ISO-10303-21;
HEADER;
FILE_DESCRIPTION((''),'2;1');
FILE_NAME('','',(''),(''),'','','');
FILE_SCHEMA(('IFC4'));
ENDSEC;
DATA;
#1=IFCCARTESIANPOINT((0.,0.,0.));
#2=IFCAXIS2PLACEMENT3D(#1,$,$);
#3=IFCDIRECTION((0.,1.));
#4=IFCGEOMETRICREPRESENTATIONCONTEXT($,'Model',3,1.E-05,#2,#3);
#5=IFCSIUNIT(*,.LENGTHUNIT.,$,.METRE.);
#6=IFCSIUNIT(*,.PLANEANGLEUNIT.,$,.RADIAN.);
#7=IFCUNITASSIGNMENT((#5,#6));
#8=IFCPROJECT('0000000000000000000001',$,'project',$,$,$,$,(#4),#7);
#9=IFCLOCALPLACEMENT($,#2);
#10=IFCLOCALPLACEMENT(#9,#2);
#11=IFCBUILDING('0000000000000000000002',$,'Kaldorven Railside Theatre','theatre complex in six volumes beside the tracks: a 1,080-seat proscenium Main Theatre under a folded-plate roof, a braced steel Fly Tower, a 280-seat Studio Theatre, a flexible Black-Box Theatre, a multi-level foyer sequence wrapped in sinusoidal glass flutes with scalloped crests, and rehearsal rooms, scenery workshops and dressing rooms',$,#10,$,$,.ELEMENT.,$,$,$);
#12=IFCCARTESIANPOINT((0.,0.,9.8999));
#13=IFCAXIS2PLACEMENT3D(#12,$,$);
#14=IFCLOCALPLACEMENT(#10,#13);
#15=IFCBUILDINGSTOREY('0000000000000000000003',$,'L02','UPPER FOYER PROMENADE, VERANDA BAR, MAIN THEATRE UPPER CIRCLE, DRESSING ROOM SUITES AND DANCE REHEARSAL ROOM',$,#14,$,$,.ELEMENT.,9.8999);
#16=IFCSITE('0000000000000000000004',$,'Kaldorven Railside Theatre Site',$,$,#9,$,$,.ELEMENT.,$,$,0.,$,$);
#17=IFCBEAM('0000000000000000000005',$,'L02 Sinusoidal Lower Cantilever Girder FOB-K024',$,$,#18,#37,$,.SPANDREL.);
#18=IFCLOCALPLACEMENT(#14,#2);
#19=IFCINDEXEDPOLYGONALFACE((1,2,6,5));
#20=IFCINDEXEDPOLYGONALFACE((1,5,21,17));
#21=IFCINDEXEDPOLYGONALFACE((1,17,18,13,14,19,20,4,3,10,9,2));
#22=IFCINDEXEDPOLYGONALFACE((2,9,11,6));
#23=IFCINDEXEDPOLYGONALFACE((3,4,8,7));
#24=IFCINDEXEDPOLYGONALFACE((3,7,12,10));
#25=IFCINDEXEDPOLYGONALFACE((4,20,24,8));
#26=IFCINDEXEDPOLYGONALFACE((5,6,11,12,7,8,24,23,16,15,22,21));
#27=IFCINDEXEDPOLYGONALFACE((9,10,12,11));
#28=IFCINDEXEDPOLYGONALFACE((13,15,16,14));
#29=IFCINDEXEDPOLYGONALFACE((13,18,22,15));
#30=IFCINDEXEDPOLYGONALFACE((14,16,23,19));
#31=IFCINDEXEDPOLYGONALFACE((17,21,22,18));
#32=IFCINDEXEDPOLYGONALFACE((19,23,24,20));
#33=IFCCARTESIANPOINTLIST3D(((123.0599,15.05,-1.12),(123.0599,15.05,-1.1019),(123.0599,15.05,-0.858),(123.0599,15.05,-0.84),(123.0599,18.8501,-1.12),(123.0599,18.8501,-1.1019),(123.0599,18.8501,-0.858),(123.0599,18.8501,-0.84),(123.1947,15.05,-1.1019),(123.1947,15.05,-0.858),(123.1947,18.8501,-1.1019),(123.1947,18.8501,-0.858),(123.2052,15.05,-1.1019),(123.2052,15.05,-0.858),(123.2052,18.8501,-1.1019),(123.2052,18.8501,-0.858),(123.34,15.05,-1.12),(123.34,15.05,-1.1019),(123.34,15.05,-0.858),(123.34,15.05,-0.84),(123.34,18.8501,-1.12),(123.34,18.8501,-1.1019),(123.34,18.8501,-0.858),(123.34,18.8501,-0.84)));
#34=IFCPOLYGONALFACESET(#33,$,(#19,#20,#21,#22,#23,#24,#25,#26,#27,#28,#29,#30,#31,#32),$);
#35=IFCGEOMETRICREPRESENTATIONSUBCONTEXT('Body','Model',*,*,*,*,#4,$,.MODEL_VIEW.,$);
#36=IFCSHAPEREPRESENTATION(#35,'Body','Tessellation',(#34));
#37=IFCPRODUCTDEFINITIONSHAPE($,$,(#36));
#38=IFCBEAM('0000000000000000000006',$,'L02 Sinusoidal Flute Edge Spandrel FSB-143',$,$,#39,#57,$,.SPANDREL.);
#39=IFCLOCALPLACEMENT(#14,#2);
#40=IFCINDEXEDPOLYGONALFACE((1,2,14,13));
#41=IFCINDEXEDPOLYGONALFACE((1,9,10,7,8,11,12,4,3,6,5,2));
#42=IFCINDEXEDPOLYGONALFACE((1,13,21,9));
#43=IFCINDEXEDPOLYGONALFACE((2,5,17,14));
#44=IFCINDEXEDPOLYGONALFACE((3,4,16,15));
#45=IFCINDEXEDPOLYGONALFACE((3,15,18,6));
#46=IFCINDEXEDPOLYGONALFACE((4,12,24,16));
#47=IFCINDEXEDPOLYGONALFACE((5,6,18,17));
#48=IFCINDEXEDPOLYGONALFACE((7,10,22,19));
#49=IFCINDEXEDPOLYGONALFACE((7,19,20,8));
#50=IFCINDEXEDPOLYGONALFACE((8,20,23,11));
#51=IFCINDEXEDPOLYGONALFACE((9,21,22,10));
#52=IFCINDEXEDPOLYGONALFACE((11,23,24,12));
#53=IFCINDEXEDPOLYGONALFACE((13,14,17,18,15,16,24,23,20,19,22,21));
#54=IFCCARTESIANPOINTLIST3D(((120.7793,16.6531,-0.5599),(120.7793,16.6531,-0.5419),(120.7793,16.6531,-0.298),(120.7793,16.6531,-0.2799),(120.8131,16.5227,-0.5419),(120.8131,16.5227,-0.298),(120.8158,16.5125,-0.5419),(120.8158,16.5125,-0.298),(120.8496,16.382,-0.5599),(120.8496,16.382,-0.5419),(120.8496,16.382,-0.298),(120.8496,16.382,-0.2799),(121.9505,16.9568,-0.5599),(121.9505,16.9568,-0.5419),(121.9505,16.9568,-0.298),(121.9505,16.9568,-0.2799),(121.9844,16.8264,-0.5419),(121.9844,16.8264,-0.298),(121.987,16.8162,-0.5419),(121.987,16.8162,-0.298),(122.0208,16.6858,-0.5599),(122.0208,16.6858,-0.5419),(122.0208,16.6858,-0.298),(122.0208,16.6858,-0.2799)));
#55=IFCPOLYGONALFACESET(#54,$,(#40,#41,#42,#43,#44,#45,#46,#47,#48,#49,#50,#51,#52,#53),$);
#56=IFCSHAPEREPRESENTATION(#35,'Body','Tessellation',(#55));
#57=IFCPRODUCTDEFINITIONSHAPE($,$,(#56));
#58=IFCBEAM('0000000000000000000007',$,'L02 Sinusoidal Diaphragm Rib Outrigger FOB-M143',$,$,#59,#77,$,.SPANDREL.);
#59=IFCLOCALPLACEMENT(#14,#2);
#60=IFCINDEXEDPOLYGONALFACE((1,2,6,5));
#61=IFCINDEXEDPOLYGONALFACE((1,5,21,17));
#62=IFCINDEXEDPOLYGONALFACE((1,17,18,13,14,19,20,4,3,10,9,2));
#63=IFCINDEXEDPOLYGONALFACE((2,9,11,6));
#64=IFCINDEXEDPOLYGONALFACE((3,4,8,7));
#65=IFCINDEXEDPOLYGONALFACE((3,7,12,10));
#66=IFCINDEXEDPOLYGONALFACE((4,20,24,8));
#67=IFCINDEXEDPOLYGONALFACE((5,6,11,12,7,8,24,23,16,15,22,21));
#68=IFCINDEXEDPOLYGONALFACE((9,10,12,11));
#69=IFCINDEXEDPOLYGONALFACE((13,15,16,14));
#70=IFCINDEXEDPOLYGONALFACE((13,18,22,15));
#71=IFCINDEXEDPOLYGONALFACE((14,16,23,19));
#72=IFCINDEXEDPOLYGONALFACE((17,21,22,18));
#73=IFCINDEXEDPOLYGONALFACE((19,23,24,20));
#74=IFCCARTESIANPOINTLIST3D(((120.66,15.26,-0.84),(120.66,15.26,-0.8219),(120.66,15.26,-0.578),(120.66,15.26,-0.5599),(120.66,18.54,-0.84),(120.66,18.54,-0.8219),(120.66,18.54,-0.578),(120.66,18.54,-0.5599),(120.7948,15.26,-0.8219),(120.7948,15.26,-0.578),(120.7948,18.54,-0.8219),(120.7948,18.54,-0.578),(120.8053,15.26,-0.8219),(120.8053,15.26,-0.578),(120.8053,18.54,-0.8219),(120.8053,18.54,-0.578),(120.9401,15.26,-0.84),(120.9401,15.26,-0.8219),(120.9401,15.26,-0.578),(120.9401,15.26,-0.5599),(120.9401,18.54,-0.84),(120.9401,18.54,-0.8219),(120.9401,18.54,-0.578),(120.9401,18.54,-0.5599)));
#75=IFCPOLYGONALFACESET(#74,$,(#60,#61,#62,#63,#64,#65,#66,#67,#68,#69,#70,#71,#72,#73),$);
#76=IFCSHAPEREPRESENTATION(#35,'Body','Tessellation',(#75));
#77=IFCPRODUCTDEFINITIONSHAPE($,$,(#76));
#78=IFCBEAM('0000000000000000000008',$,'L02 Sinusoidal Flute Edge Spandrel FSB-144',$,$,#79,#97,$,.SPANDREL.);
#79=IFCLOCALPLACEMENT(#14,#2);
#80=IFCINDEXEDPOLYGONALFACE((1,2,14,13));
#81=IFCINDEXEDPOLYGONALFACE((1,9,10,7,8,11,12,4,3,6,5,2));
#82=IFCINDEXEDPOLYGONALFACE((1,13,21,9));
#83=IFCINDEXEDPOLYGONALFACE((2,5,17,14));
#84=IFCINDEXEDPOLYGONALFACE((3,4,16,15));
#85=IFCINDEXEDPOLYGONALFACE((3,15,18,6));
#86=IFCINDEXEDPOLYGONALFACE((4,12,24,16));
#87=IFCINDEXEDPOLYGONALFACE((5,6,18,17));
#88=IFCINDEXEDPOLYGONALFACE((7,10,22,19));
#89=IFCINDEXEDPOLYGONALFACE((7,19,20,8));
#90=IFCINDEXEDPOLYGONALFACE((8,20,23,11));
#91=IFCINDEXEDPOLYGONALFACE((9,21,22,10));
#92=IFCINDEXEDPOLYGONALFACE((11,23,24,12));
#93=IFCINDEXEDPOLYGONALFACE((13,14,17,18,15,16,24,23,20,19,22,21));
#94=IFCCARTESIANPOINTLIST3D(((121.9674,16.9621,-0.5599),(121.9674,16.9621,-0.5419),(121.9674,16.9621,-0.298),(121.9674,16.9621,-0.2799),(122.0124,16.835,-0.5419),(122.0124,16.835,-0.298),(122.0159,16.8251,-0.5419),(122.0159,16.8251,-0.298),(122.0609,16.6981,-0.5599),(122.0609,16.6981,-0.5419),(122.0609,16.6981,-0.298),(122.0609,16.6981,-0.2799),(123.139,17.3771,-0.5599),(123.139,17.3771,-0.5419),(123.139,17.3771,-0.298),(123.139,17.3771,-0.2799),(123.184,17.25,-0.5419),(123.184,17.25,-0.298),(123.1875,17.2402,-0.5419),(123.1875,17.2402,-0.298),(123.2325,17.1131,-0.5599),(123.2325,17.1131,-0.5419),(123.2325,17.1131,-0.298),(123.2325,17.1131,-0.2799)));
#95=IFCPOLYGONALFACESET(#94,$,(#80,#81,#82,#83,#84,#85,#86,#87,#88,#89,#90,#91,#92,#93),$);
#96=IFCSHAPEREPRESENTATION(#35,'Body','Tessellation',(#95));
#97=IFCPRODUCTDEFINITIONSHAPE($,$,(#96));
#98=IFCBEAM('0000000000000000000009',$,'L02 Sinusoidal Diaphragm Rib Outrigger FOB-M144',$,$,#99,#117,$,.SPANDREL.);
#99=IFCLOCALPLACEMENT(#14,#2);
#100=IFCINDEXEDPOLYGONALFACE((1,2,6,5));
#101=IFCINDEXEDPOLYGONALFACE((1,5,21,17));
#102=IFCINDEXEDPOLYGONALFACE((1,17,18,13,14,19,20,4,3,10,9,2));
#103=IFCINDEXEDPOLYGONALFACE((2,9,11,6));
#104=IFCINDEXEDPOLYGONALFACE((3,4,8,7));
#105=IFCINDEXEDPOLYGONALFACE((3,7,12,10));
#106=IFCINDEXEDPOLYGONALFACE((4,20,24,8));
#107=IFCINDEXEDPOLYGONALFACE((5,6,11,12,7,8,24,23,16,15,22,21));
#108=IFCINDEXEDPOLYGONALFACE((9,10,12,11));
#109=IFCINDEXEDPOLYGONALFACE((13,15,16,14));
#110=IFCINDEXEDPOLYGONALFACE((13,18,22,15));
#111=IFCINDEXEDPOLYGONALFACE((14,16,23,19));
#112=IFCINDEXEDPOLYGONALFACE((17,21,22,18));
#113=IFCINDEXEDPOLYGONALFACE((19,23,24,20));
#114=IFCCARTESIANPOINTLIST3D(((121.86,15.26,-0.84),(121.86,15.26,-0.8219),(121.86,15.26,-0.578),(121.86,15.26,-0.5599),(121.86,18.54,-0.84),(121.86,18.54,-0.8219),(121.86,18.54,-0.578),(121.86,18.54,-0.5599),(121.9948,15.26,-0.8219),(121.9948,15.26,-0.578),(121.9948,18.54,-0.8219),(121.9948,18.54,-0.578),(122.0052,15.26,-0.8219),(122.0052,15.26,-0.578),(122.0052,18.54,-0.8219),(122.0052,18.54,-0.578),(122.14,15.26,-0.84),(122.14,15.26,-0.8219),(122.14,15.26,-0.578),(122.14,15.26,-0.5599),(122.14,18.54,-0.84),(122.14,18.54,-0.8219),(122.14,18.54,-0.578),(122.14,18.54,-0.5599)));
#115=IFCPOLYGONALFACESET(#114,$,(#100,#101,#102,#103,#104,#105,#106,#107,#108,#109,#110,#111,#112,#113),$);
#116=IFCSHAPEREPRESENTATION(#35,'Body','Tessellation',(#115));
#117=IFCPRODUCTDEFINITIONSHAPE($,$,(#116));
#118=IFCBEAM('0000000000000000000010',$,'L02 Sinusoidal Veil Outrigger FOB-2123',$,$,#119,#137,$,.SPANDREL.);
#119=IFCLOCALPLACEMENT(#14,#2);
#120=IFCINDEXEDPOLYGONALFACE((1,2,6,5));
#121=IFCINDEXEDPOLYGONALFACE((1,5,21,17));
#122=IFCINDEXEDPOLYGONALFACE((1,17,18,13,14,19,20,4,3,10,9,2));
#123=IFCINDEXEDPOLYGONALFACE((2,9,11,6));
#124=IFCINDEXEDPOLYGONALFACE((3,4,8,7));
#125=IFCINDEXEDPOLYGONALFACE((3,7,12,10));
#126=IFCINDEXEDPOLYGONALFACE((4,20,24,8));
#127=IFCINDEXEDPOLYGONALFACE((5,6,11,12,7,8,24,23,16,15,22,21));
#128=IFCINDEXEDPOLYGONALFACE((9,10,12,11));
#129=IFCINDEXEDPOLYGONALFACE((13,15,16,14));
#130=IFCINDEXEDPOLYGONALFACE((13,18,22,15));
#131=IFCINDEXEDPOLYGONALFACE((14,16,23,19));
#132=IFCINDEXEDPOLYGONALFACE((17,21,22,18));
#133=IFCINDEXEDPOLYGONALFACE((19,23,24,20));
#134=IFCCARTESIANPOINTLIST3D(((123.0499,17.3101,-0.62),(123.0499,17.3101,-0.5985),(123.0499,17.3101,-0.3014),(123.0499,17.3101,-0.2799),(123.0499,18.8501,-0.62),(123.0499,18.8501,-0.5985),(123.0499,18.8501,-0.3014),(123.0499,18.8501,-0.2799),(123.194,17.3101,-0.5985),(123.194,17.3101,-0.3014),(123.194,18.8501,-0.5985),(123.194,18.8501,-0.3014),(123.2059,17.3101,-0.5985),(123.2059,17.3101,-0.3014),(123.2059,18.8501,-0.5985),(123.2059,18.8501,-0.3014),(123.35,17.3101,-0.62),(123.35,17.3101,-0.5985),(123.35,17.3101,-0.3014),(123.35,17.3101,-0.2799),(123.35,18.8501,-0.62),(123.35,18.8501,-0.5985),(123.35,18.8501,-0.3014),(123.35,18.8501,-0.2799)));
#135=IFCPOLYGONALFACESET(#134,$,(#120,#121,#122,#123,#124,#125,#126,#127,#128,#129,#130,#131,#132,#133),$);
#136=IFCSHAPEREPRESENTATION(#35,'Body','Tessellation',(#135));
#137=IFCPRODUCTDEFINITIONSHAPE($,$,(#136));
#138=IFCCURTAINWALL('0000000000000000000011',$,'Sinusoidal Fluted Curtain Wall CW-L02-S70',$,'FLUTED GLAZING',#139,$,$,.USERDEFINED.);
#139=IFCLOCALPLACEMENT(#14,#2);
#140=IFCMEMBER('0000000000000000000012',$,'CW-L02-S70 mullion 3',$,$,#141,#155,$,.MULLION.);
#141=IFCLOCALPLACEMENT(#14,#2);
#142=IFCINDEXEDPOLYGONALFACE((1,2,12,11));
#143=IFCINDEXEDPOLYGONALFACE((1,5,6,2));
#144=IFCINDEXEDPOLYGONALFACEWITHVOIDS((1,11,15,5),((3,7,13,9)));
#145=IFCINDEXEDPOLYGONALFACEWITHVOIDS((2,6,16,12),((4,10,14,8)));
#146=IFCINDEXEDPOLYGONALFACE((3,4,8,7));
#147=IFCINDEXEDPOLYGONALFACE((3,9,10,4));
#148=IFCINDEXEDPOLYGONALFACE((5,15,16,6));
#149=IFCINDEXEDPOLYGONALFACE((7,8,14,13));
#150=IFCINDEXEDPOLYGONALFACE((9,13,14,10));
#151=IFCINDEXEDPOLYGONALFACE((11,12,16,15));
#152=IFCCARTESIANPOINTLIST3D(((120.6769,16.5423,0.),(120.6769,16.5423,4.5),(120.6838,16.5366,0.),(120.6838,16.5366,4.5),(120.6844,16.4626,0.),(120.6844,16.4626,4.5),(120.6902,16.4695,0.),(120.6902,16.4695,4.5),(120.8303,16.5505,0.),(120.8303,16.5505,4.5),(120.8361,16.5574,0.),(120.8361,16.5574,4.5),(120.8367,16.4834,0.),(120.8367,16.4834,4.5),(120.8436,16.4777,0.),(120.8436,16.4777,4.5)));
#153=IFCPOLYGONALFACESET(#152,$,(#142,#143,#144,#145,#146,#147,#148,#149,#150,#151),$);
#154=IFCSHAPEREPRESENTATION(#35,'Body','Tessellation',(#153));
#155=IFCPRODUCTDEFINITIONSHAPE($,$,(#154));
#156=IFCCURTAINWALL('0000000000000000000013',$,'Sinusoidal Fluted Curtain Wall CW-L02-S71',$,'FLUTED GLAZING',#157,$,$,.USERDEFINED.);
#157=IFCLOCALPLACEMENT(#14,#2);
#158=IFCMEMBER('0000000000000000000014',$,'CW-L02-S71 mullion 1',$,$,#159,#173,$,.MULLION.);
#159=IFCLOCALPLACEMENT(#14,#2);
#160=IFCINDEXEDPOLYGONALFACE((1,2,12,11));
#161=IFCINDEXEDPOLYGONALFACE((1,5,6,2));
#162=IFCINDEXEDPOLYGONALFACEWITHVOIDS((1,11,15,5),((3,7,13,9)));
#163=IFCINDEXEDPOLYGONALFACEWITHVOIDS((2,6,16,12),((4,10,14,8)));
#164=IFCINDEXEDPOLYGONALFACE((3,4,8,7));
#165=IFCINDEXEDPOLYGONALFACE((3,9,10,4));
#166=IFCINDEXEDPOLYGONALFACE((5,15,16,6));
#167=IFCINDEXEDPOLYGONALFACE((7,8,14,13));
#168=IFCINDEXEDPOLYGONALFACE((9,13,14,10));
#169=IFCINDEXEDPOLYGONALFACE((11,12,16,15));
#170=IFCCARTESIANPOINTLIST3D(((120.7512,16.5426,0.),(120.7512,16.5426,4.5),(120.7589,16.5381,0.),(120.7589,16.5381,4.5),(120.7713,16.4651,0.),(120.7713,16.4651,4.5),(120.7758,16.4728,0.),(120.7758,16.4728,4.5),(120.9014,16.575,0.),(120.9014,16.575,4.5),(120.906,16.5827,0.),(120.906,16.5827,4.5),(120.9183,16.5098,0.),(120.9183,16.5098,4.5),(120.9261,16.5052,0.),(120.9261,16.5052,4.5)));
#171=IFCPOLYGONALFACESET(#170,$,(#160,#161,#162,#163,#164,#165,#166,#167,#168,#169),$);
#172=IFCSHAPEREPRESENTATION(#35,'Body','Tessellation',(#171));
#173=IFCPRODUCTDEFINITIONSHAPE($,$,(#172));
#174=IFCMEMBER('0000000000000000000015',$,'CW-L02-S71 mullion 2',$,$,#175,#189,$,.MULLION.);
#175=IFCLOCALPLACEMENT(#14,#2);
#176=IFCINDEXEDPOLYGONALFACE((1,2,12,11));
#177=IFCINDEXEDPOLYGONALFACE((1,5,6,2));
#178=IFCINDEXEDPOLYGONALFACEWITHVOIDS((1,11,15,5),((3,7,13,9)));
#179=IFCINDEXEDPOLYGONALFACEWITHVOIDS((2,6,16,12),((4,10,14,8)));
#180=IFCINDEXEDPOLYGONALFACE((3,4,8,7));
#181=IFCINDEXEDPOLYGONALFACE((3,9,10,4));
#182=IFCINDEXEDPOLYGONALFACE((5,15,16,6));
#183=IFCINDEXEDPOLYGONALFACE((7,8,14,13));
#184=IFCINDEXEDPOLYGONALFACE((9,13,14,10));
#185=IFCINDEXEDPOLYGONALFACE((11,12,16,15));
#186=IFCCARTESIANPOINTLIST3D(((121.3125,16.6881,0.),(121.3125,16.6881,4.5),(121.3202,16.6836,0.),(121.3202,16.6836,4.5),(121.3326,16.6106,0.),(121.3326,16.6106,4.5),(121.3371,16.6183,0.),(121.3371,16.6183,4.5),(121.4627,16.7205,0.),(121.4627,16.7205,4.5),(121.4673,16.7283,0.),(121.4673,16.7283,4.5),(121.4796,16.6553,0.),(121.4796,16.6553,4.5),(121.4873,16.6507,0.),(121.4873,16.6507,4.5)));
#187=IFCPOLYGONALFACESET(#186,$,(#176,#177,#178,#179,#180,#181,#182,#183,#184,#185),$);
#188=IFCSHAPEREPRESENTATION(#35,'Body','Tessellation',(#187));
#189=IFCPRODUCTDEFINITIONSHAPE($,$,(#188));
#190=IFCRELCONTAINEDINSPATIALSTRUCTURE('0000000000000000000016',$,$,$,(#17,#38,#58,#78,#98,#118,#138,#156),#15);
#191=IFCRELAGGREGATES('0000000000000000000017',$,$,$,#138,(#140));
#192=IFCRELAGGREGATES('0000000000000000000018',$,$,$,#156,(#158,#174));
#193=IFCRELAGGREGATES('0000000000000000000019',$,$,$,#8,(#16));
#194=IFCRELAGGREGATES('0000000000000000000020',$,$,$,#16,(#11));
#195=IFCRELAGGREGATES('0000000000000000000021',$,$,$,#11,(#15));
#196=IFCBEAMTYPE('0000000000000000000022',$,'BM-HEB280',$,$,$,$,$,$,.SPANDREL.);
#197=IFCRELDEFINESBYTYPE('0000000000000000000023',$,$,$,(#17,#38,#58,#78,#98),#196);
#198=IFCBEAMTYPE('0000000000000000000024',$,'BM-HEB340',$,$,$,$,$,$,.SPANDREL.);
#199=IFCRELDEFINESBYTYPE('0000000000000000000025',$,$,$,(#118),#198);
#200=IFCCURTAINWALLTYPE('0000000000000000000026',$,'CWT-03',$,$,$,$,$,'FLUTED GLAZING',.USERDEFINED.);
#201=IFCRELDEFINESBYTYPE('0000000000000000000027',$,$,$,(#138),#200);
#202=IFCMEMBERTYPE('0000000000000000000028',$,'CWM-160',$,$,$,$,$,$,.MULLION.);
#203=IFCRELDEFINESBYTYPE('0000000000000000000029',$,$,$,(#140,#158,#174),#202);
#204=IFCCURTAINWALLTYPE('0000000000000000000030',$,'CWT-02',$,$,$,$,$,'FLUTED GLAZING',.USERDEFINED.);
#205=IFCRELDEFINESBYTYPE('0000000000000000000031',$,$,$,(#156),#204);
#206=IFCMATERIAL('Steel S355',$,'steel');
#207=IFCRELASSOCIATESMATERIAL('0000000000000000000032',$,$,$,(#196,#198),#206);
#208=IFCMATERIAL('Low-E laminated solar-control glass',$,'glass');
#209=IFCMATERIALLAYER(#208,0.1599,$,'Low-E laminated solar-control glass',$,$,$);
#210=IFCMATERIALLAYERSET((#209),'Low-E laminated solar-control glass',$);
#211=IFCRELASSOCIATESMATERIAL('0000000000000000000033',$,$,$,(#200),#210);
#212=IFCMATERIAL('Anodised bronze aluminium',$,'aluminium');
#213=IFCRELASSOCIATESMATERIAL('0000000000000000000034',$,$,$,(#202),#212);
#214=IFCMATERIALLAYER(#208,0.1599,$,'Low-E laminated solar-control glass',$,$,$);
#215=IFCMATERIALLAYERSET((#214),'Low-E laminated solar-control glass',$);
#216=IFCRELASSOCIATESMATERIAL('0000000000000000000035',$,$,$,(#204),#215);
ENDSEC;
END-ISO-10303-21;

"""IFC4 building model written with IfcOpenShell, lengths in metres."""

from ifc_helpers import new_model, si_unit, direction, frame, origin, origin_2d, place, context, subcontext, project, spatial, hollow_rectangle, i_section, extrude, material, layer, layer_set, material_profile, profile_set, type_object, element, aggregate, save


model = new_model("IFC4")

# Units and contexts
model_context = context("Model", 3, precision=1e-05, world=origin(), true_north=direction((0.0, 1.0)))
body_context = subcontext(model_context, "Body", "Model", "MODEL_VIEW")
ifc_project = project(units=[si_unit("LENGTHUNIT", "METRE"), si_unit("PLANEANGLEUNIT", "RADIAN")], contexts=[model_context])

# Site, building, storey
site_placement = place(None, origin())
site = spatial("IfcSite", under=ifc_project, at=site_placement, Name="Kaldorven Railside Theatre Site", CompositionType="ELEMENT", RefElevation=0.0)
building_placement = place(site_placement, origin())
building = spatial("IfcBuilding", under=site, at=building_placement, Name="Kaldorven Railside Theatre", Description="theatre complex in six volumes beside the tracks: a 1,080-seat proscenium Main Theatre under a folded-plate roof, a braced steel Fly Tower, a 280-seat Studio Theatre, a flexible Black-Box Theatre, a multi-level foyer sequence wrapped in sinusoidal glass flutes with scalloped crests, and rehearsal rooms, scenery workshops and dressing rooms", CompositionType="ELEMENT")
storey_placement = place(building_placement, frame((0.0, 0.0, 9.8999)))
storey = spatial("IfcBuildingStorey", under=building, at=storey_placement, Name="L02", Description="UPPER FOYER PROMENADE, VERANDA BAR, MAIN THEATRE UPPER CIRCLE, DRESSING ROOM SUITES AND DANCE REHEARSAL ROOM", CompositionType="ELEMENT", Elevation=9.8999)

# Beams
ifc_material_1 = material(Name="Steel S355", Category="steel")
ifc_material_profile_1 = material_profile(ifc_material_1, i_section(OverallWidth=0.28, OverallDepth=0.28, WebThickness=0.0105, FlangeThickness=0.0181, at=origin_2d()), Name="HEB 280")
ifc_profile_set_1 = profile_set([ifc_material_profile_1], Name="Steel S355")
beam_type_1 = type_object("IfcBeamType", Name="BM-HEB280", PredefinedType="SPANDREL", material=ifc_profile_set_1)
beam_1_placement = place(storey_placement, frame((123.2, 15.05, -0.98), z_axis=(0.0, 1.0, 0.0), x_axis=(-1.0, 0.0, 0.0)))
element("IfcBeam", 1, at=beam_1_placement, inside=storey, type_object=beam_type_1, Name="L02 Sinusoidal Lower Cantilever Girder FOB-K024", PredefinedType="SPANDREL", context=body_context, shape_type="SweptSolid", body=[
    extrude(i_section(OverallWidth=0.28, OverallDepth=0.28, WebThickness=0.0105, FlangeThickness=0.0181, at=origin_2d()), origin(), (0.0, 0.0, 1.0), 3.8),
])
beam_2_placement = place(storey_placement, frame((120.8145, 16.5176, -0.4199), z_axis=(0.967981, 0.251025, 0.0), x_axis=(-0.251025, 0.967981, 0.0)))
element("IfcBeam", 2, at=beam_2_placement, inside=storey, type_object=beam_type_1, Name="L02 Sinusoidal Flute Edge Spandrel FSB-143", PredefinedType="SPANDREL", context=body_context, shape_type="SweptSolid", body=[
    extrude(i_section(OverallWidth=0.28, OverallDepth=0.28, WebThickness=0.0105, FlangeThickness=0.0181, at=origin_2d()), origin(), (0.0, 0.0, 1.0), 1.21),
])
beam_3_placement = place(storey_placement, frame((120.8, 15.26, -0.7), z_axis=(0.0, 1.0, 0.0), x_axis=(-1.0, 0.0, 0.0)))
element("IfcBeam", 3, at=beam_3_placement, inside=storey, type_object=beam_type_1, Name="L02 Sinusoidal Diaphragm Rib Outrigger FOB-M143", PredefinedType="SPANDREL", context=body_context, shape_type="SweptSolid", body=[
    extrude(i_section(OverallWidth=0.28, OverallDepth=0.28, WebThickness=0.0105, FlangeThickness=0.0181, at=origin_2d()), origin(), (0.0, 0.0, 1.0), 3.28),
])
beam_4_placement = place(storey_placement, frame((122.0142, 16.8301, -0.4199), z_axis=(0.942605, 0.333909, 0.0), x_axis=(-0.333909, 0.942605, 0.0)))
element("IfcBeam", 4, at=beam_4_placement, inside=storey, type_object=beam_type_1, Name="L02 Sinusoidal Flute Edge Spandrel FSB-144", PredefinedType="SPANDREL", context=body_context, shape_type="SweptSolid", body=[
    extrude(i_section(OverallWidth=0.28, OverallDepth=0.28, WebThickness=0.0105, FlangeThickness=0.0181, at=origin_2d()), origin(), (0.0, 0.0, 1.0), 1.2429),
])
beam_5_placement = place(storey_placement, frame((122.0, 15.26, -0.7), z_axis=(0.0, 1.0, 0.0), x_axis=(-1.0, 0.0, 0.0)))
element("IfcBeam", 5, at=beam_5_placement, inside=storey, type_object=beam_type_1, Name="L02 Sinusoidal Diaphragm Rib Outrigger FOB-M144", PredefinedType="SPANDREL", context=body_context, shape_type="SweptSolid", body=[
    extrude(i_section(OverallWidth=0.28, OverallDepth=0.28, WebThickness=0.0105, FlangeThickness=0.0181, at=origin_2d()), origin(), (0.0, 0.0, 1.0), 3.28),
])
ifc_material_profile_2 = material_profile(ifc_material_1, i_section(OverallWidth=0.3, OverallDepth=0.3401, WebThickness=0.012, FlangeThickness=0.0215, at=origin_2d()), Name="HEB 340")
ifc_profile_set_2 = profile_set([ifc_material_profile_2], Name="Steel S355")
beam_type_2 = type_object("IfcBeamType", Name="BM-HEB340", PredefinedType="SPANDREL", material=ifc_profile_set_2)
beam_6_placement = place(storey_placement, frame((123.2, 17.3101, -0.45), z_axis=(0.0, 1.0, 0.0), x_axis=(-1.0, 0.0, 0.0)))
element("IfcBeam", 6, at=beam_6_placement, inside=storey, type_object=beam_type_2, Name="L02 Sinusoidal Veil Outrigger FOB-2123", PredefinedType="SPANDREL", context=body_context, shape_type="SweptSolid", body=[
    extrude(i_section(OverallWidth=0.3, OverallDepth=0.3401, WebThickness=0.012, FlangeThickness=0.0215, at=origin_2d()), origin(), (0.0, 0.0, 1.0), 1.54),
])

# Curtain wall, member
ifc_material_2 = material(Name="Low-E laminated solar-control glass", Category="glass")
ifc_layer_1 = layer(ifc_material_2, 0.1599, Name="Low-E laminated solar-control glass")
ifc_layer_set_1 = layer_set([ifc_layer_1], Name="Low-E laminated solar-control glass")
curtain_wall_type_1 = type_object("IfcCurtainWallType", Name="CWT-03", ElementType="FLUTED GLAZING", PredefinedType="USERDEFINED", material=ifc_layer_set_1)
curtain_wall_1_placement = place(storey_placement, origin())
curtain_wall_1 = element("IfcCurtainWall", 7, at=curtain_wall_1_placement, inside=storey, type_object=curtain_wall_type_1, Name="Sinusoidal Fluted Curtain Wall CW-L02-S70", ObjectType="FLUTED GLAZING", PredefinedType="USERDEFINED")
ifc_material_3 = material(Name="Anodised bronze aluminium", Category="aluminium")
ifc_material_profile_3 = material_profile(ifc_material_3, hollow_rectangle(XDim=0.0801, YDim=0.1599, WallThickness=0.0063, at=origin_2d()), Name="RHS 160x80x6.3")
ifc_profile_set_3 = profile_set([ifc_material_profile_3], Name="Anodised bronze aluminium")
member_type_1 = type_object("IfcMemberType", Name="CWM-160", PredefinedType="MULLION", material=ifc_profile_set_3)
member_1_placement = place(storey_placement, frame((120.7603, 16.51, 0.0), z_axis=(0.0, 0.0, 1.0), x_axis=(-0.094492, 0.995526, 0.0)))
member_1 = element("IfcMember", 8, at=member_1_placement, type_object=member_type_1, Name="CW-L02-S70 mullion 3", PredefinedType="MULLION", context=body_context, shape_type="SweptSolid", body=[
    extrude(hollow_rectangle(XDim=0.0801, YDim=0.1599, WallThickness=0.0063, at=origin_2d()), origin(), (0.0, 0.0, 1.0), 4.5),
])

# Curtain wall, members
ifc_layer_2 = layer(ifc_material_2, 0.1599, Name="Low-E laminated solar-control glass")
ifc_layer_set_2 = layer_set([ifc_layer_2], Name="Low-E laminated solar-control glass")
curtain_wall_type_2 = type_object("IfcCurtainWallType", Name="CWT-02", ElementType="FLUTED GLAZING", PredefinedType="USERDEFINED", material=ifc_layer_set_2)
curtain_wall_2_placement = place(storey_placement, origin())
curtain_wall_2 = element("IfcCurtainWall", 9, at=curtain_wall_2_placement, inside=storey, type_object=curtain_wall_type_2, Name="Sinusoidal Fluted Curtain Wall CW-L02-S71", ObjectType="FLUTED GLAZING", PredefinedType="USERDEFINED")
member_2_placement = place(storey_placement, frame((120.8386, 16.5239, 0.0), z_axis=(0.0, 0.0, 1.0), x_axis=(-0.250954, 0.967999, 0.0)))
member_2 = element("IfcMember", 10, at=member_2_placement, type_object=member_type_1, Name="CW-L02-S71 mullion 1", PredefinedType="MULLION", context=body_context, shape_type="SweptSolid", body=[
    extrude(hollow_rectangle(XDim=0.0801, YDim=0.1599, WallThickness=0.0063, at=origin_2d()), origin(), (0.0, 0.0, 1.0), 4.5),
])
member_3_placement = place(storey_placement, frame((121.3999, 16.6694, 0.0), z_axis=(0.0, 0.0, 1.0), x_axis=(-0.250954, 0.967999, 0.0)))
member_3 = element("IfcMember", 11, at=member_3_placement, type_object=member_type_1, Name="CW-L02-S71 mullion 2", PredefinedType="MULLION", context=body_context, shape_type="SweptSolid", body=[
    extrude(hollow_rectangle(XDim=0.0801, YDim=0.1599, WallThickness=0.0063, at=origin_2d()), origin(), (0.0, 0.0, 1.0), 4.5),
])

aggregate(curtain_wall_1, [member_1])
aggregate(curtain_wall_2, [member_2, member_3])

save(model, "model.ifc")
